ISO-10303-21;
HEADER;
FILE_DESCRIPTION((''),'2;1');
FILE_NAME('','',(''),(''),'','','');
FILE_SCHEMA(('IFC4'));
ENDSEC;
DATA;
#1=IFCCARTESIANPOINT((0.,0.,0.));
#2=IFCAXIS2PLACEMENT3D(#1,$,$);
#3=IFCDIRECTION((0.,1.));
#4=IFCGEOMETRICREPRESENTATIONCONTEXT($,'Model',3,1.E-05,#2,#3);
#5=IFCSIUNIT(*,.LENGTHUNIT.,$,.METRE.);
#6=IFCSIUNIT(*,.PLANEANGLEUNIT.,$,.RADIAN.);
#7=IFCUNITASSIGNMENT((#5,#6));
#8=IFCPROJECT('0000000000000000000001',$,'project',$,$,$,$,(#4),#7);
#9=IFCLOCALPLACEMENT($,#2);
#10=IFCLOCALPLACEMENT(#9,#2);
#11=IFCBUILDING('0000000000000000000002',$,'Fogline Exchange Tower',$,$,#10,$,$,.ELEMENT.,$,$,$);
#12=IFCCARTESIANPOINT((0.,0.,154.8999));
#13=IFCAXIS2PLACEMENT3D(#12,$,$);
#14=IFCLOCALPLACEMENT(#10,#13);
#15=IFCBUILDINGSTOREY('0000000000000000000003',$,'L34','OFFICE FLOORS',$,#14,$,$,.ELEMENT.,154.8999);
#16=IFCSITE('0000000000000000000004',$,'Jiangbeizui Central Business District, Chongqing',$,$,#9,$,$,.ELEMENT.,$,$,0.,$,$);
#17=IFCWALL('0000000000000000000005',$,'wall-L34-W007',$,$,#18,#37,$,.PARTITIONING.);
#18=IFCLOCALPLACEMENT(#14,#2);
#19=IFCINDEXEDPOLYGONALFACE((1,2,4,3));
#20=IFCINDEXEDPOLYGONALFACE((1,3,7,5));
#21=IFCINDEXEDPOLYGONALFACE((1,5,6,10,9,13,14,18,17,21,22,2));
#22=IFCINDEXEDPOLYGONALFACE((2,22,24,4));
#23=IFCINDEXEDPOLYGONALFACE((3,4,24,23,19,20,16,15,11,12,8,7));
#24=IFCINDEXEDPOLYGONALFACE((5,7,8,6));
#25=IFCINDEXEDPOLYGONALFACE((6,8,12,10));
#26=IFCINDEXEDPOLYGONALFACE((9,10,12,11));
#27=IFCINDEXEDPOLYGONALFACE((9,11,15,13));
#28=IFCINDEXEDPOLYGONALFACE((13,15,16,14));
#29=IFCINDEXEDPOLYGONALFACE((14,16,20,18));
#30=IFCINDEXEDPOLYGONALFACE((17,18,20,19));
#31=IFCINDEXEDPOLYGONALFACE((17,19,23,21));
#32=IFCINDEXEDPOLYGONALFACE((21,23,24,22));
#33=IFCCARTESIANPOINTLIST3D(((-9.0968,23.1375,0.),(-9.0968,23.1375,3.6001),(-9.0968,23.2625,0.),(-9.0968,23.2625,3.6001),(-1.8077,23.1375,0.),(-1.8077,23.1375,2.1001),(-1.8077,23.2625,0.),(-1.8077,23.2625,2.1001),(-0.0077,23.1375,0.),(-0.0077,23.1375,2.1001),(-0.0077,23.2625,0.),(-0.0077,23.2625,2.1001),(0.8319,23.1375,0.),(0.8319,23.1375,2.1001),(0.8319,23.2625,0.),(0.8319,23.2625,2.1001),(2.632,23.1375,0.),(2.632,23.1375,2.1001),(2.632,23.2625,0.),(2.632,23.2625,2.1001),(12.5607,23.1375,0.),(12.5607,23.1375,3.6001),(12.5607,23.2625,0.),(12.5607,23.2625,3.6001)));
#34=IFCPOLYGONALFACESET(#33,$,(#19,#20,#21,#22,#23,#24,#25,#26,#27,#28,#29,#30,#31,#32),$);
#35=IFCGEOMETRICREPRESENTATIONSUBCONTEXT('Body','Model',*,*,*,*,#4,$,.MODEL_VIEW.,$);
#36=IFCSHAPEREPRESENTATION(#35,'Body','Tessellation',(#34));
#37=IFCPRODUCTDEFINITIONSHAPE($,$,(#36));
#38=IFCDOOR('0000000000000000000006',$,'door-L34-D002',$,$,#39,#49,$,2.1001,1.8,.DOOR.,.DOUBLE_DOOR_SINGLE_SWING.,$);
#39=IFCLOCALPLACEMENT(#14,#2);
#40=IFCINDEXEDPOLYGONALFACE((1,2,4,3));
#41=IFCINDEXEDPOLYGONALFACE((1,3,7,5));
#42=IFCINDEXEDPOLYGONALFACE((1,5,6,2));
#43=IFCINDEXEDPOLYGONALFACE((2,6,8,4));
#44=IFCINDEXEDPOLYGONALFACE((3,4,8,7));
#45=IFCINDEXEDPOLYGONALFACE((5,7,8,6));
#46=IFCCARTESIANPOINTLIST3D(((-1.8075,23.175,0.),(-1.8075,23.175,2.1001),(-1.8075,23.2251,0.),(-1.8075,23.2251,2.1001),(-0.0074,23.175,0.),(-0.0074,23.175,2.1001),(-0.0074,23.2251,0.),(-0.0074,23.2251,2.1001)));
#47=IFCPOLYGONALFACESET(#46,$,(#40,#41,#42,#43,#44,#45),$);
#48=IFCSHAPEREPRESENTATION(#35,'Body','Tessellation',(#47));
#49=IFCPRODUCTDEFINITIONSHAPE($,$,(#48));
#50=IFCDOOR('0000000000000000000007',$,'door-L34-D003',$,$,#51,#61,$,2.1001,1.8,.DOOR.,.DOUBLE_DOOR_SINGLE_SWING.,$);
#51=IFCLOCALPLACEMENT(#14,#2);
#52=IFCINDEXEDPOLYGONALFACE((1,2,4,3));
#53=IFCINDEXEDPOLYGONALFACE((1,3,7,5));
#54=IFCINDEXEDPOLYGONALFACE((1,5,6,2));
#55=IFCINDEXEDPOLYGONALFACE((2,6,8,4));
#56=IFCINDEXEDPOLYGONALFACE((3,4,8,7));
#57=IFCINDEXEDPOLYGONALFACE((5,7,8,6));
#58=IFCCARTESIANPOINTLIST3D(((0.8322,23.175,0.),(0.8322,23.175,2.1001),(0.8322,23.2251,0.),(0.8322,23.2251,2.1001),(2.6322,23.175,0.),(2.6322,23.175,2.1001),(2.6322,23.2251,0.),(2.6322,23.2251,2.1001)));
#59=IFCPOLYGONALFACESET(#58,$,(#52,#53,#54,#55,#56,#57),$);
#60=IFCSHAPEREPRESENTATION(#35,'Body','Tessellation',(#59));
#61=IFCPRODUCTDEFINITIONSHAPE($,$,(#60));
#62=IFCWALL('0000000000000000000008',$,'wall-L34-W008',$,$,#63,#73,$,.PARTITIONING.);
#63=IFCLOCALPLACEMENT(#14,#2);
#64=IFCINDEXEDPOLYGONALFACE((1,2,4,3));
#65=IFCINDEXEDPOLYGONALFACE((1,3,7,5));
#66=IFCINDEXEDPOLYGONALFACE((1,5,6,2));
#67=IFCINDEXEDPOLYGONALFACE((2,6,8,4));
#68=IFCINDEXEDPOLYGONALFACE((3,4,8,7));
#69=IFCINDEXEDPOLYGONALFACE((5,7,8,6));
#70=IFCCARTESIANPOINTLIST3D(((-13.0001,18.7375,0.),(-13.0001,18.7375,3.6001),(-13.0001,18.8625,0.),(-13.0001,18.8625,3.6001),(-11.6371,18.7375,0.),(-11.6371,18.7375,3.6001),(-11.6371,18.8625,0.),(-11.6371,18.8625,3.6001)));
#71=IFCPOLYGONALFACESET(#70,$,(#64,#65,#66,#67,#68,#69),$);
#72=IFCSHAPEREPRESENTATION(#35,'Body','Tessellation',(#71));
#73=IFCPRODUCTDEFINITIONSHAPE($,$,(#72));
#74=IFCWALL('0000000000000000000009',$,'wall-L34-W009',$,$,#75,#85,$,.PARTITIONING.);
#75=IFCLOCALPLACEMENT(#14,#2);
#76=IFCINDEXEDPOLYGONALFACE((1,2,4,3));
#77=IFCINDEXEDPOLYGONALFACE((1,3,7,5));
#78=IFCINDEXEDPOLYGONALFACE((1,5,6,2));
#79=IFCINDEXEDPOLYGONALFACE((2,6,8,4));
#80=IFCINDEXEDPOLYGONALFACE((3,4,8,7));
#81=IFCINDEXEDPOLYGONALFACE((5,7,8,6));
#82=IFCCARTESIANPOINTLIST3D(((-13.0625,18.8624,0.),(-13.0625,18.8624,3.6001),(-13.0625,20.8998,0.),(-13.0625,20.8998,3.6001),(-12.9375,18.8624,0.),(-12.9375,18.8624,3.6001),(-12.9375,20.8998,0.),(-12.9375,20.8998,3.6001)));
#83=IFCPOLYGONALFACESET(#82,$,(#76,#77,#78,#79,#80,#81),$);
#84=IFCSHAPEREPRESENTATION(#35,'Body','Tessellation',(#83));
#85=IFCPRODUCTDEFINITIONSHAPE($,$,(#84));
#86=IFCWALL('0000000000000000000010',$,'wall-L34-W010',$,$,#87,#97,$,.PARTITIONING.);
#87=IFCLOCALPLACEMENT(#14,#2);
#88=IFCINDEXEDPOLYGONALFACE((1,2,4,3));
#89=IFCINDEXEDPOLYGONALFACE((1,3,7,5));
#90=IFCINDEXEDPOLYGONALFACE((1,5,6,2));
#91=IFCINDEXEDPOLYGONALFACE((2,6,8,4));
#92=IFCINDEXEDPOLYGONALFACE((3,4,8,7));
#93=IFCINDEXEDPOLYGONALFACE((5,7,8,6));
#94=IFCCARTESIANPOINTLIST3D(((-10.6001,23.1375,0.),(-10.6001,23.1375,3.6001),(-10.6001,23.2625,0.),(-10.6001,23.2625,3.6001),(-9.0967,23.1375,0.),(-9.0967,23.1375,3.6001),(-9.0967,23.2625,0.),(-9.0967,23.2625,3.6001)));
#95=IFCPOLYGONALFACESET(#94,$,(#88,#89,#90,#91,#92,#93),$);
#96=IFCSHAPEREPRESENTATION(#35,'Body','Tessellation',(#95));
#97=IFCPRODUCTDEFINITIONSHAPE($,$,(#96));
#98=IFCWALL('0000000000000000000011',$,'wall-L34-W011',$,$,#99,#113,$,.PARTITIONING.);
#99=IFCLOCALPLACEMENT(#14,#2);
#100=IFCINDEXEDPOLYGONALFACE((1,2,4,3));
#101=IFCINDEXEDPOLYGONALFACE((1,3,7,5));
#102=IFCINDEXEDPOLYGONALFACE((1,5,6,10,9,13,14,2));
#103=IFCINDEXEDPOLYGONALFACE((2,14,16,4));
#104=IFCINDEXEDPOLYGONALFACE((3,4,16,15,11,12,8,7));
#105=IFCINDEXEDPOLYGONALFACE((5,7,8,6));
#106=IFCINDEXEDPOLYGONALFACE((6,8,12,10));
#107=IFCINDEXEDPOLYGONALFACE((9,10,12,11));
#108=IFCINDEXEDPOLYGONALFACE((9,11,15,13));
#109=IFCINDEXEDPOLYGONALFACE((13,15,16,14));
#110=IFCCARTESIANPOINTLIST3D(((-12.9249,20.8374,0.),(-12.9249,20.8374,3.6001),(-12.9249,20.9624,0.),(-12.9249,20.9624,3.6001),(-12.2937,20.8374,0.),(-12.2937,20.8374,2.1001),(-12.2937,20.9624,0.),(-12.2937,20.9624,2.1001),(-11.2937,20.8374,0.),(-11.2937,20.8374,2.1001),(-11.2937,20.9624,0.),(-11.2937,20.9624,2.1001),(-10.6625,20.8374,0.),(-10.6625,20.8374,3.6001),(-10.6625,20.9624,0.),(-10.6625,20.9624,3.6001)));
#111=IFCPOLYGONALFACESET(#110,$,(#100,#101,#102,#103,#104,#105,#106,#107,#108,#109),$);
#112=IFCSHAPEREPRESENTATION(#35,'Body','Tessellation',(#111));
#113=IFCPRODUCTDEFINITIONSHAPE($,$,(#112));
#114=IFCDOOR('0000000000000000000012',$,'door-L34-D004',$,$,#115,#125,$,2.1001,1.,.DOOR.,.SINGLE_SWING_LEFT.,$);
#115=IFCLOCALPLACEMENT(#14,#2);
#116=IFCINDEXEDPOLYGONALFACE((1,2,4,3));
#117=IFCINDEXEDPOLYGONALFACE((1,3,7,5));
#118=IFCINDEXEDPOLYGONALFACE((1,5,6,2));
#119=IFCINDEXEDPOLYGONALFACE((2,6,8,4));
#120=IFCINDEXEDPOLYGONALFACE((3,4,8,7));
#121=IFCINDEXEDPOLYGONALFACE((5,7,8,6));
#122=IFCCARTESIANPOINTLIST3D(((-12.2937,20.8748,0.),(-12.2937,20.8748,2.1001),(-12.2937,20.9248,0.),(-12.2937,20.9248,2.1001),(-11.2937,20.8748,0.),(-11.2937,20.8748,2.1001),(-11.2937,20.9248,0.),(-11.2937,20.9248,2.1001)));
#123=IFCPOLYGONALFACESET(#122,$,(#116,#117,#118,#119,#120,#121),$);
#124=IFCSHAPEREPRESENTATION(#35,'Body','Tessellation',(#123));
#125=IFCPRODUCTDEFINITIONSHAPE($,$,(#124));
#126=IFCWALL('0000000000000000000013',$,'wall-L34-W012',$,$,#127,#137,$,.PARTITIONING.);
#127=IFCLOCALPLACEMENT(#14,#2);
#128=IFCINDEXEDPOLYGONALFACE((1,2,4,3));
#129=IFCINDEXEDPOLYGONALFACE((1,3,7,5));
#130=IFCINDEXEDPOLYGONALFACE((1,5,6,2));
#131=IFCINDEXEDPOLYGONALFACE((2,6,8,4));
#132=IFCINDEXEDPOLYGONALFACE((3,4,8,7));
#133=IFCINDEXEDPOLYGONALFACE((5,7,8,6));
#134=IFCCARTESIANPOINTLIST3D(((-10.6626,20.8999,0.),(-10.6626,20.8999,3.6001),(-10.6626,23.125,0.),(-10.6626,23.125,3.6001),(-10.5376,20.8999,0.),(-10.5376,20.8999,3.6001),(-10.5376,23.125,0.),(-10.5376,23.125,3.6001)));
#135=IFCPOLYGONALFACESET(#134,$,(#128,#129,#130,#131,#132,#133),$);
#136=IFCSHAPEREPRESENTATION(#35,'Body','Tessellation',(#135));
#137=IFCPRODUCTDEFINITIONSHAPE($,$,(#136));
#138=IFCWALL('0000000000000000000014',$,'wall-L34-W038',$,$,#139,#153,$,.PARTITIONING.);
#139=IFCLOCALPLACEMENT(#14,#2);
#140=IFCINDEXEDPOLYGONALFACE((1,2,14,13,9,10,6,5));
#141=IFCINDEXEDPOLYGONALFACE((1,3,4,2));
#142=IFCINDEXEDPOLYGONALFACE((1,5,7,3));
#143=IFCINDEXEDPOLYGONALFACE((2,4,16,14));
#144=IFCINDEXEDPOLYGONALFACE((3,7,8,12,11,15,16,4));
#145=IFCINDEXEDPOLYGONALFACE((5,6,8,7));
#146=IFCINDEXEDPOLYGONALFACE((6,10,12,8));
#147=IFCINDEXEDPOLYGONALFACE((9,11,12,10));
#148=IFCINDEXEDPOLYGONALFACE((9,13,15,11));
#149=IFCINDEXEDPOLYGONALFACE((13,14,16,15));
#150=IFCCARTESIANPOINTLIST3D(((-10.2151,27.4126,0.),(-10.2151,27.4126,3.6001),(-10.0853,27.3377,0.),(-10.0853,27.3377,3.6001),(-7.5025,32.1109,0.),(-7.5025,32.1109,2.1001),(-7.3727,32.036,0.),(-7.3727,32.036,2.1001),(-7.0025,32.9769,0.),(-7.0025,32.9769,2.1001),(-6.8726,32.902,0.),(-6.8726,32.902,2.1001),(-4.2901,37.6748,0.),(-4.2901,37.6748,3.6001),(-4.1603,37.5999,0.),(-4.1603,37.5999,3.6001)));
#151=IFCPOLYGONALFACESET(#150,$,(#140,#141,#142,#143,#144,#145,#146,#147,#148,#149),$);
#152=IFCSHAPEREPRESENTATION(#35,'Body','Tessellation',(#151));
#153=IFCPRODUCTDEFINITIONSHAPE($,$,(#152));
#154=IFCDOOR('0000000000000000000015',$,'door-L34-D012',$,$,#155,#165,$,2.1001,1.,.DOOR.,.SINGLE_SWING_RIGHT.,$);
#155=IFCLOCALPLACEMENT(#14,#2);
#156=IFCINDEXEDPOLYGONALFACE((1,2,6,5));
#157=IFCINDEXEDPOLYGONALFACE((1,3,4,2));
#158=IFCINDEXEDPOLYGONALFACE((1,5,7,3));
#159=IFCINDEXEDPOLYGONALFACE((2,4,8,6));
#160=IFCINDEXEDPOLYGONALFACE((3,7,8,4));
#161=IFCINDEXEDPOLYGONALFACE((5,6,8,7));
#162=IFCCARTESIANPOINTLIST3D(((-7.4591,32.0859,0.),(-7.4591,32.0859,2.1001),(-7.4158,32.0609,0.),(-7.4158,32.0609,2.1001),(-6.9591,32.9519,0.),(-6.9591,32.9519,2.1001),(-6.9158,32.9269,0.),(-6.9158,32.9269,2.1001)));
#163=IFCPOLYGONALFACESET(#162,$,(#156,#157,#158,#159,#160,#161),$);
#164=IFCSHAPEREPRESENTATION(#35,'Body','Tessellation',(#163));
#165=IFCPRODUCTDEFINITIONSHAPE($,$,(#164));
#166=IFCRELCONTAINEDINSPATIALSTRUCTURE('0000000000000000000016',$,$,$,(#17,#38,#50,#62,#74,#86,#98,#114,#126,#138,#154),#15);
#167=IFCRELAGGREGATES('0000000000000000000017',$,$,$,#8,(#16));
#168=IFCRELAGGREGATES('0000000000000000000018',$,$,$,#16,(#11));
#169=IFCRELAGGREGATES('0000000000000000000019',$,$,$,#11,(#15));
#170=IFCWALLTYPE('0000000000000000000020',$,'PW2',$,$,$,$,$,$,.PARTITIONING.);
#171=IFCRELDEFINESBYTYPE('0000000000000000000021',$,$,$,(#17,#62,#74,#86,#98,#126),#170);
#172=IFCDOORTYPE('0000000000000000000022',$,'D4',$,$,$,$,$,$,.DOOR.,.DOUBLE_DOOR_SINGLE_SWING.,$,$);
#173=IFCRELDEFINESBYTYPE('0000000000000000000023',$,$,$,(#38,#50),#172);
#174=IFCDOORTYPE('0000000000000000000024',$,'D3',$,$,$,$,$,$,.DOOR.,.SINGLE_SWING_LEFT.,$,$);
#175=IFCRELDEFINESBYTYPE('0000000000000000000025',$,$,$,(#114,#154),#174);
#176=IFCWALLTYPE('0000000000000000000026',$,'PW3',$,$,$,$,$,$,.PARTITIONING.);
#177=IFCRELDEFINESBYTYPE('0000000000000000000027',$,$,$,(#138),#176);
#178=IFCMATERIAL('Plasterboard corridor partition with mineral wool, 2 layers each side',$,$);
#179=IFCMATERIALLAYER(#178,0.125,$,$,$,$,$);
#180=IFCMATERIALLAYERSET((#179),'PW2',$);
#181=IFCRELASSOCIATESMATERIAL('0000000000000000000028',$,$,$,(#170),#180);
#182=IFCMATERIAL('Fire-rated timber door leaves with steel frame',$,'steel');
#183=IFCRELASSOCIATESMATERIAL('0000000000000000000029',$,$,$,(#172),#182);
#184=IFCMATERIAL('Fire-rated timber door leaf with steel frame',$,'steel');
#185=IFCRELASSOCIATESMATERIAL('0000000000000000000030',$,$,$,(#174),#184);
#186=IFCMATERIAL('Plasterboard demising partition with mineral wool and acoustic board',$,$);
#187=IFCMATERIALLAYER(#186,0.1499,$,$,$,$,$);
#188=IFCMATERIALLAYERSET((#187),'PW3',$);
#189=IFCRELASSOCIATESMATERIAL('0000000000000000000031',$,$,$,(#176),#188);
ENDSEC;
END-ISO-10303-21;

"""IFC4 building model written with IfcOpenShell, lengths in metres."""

from ifc_helpers import new_model, si_unit, direction, frame, frame_2d, origin, place, context, subcontext, project, spatial, rectangle, extrude, material, layer, layer_set, type_object, element, fill, save


model = new_model("IFC4")

# Units and contexts
model_context = context("Model", 3, precision=1e-05, world=origin(), true_north=direction((0.0, 1.0)))
body_context = subcontext(model_context, "Body", "Model", "MODEL_VIEW")
ifc_project = project(units=[si_unit("LENGTHUNIT", "METRE"), si_unit("PLANEANGLEUNIT", "RADIAN")], contexts=[model_context])

# Site, building, storey
site_placement = place(None, origin())
site = spatial("IfcSite", under=ifc_project, at=site_placement, Name="Jiangbeizui Central Business District, Chongqing", CompositionType="ELEMENT", RefElevation=0.0)
building_placement = place(site_placement, origin())
building = spatial("IfcBuilding", under=site, at=building_placement, Name="Fogline Exchange Tower", CompositionType="ELEMENT")
storey_placement = place(building_placement, frame((0.0, 0.0, 154.8999)))
storey = spatial("IfcBuildingStorey", under=building, at=storey_placement, Name="L34", Description="OFFICE FLOORS", CompositionType="ELEMENT", Elevation=154.8999)

# Wall, openings, doors
ifc_material_1 = material(Name="Plasterboard corridor partition with mineral wool, 2 layers each side")
ifc_layer_1 = layer(ifc_material_1, 0.125)
ifc_layer_set_1 = layer_set([ifc_layer_1], Name="PW2")
wall_type_1 = type_object("IfcWallType", Name="PW2", PredefinedType="PARTITIONING", material=ifc_layer_set_1)
wall_1_placement = place(storey_placement, frame((-9.0967, 23.2, 0.0), z_axis=(0.0, 0.0, 1.0), x_axis=(1.0, 0.0, 0.0)))
wall_1 = element("IfcWall", 1, at=wall_1_placement, inside=storey, type_object=wall_type_1, Name="wall-L34-W007", PredefinedType="PARTITIONING", context=body_context, shape_type="SweptSolid", body=[
    extrude(rectangle(XDim=21.6575, YDim=0.125, at=frame_2d((10.8286, 0.0))), origin(), (0.0, 0.0, 1.0), 3.6001),
])
opening_1_placement = place(wall_1_placement, frame((7.2891, 0.0, 0.0)))
opening_1 = element("IfcOpeningElement", 2, at=opening_1_placement, cuts=wall_1, PredefinedType="OPENING", context=body_context, shape_type="SweptSolid", body=[
    extrude(rectangle(XDim=1.8, YDim=2.1001, at=frame_2d((0.8999, 1.05))), frame((0.0, 0.0725, 0.0), z_axis=(0.0, -1.0, 0.0), x_axis=(1.0, 0.0, 0.0)), (0.0, 0.0, 1.0), 0.145),
])
opening_2_placement = place(wall_1_placement, frame((9.9287, 0.0, 0.0)))
opening_2 = element("IfcOpeningElement", 3, at=opening_2_placement, cuts=wall_1, PredefinedType="OPENING", context=body_context, shape_type="SweptSolid", body=[
    extrude(rectangle(XDim=1.8, YDim=2.1001, at=frame_2d((0.8999, 1.05))), frame((0.0, 0.0725, 0.0), z_axis=(0.0, -1.0, 0.0), x_axis=(1.0, 0.0, 0.0)), (0.0, 0.0, 1.0), 0.145),
])
ifc_material_2 = material(Name="Fire-rated timber door leaves with steel frame", Category="steel")
door_type_1 = type_object("IfcDoorType", Name="D4", OperationType="DOUBLE_DOOR_SINGLE_SWING", PredefinedType="DOOR", material=ifc_material_2)
door_1_placement = place(opening_1_placement, frame((1.8, 0.0, 0.0), z_axis=(0.0, 0.0, 1.0), x_axis=(-1.0, 0.0, 0.0)))
door_1 = element("IfcDoor", 4, at=door_1_placement, inside=storey, type_object=door_type_1, Name="door-L34-D002", OperationType="DOUBLE_DOOR_SINGLE_SWING", OverallHeight=2.1001, OverallWidth=1.8, PredefinedType="DOOR", context=body_context, shape_type="SweptSolid", body=[
    extrude(rectangle(XDim=1.8, YDim=2.1001, at=frame_2d((0.8999, 1.05))), frame((0.0, 0.0249, 0.0), z_axis=(0.0, -1.0, 0.0), x_axis=(1.0, 0.0, 0.0)), (0.0, 0.0, 1.0), 0.05),
])
fill(opening_1, door_1)
door_2_placement = place(opening_2_placement, frame((1.8, 0.0, 0.0), z_axis=(0.0, 0.0, 1.0), x_axis=(-1.0, 0.0, 0.0)))
door_2 = element("IfcDoor", 5, at=door_2_placement, inside=storey, type_object=door_type_1, Name="door-L34-D003", OperationType="DOUBLE_DOOR_SINGLE_SWING", OverallHeight=2.1001, OverallWidth=1.8, PredefinedType="DOOR", context=body_context, shape_type="SweptSolid", body=[
    extrude(rectangle(XDim=1.8, YDim=2.1001, at=frame_2d((0.8999, 1.05))), frame((0.0, 0.0249, 0.0), z_axis=(0.0, -1.0, 0.0), x_axis=(1.0, 0.0, 0.0)), (0.0, 0.0, 1.0), 0.05),
])
fill(opening_2, door_2)

# Walls
wall_2_placement = place(storey_placement, frame((-11.637, 18.8, 0.0), z_axis=(0.0, 0.0, 1.0), x_axis=(-1.0, 0.0, 0.0)))
element("IfcWall", 6, at=wall_2_placement, inside=storey, type_object=wall_type_1, Name="wall-L34-W008", PredefinedType="PARTITIONING", context=body_context, shape_type="SweptSolid", body=[
    extrude(rectangle(XDim=1.363, YDim=0.125, at=frame_2d((0.6816, 0.0))), origin(), (0.0, 0.0, 1.0), 3.6001),
])
wall_3_placement = place(storey_placement, frame((-13.0, 18.8625, 0.0), z_axis=(0.0, 0.0, 1.0), x_axis=(0.0, 1.0, 0.0)))
element("IfcWall", 7, at=wall_3_placement, inside=storey, type_object=wall_type_1, Name="wall-L34-W009", PredefinedType="PARTITIONING", context=body_context, shape_type="SweptSolid", body=[
    extrude(rectangle(XDim=2.0374, YDim=0.125, at=frame_2d((1.0186, 0.0))), origin(), (0.0, 0.0, 1.0), 3.6001),
])
wall_4_placement = place(storey_placement, frame((-10.6001, 23.2, 0.0), z_axis=(0.0, 0.0, 1.0), x_axis=(1.0, 0.0, 0.0)))
element("IfcWall", 8, at=wall_4_placement, inside=storey, type_object=wall_type_1, Name="wall-L34-W010", PredefinedType="PARTITIONING", context=body_context, shape_type="SweptSolid", body=[
    extrude(rectangle(XDim=1.5034, YDim=0.125, at=frame_2d((0.7517, 0.0))), origin(), (0.0, 0.0, 1.0), 3.6001),
])

# Wall, opening, door
wall_5_placement = place(storey_placement, frame((-12.925, 20.8999, 0.0), z_axis=(0.0, 0.0, 1.0), x_axis=(1.0, 0.0, 0.0)))
wall_5 = element("IfcWall", 9, at=wall_5_placement, inside=storey, type_object=wall_type_1, Name="wall-L34-W011", PredefinedType="PARTITIONING", context=body_context, shape_type="SweptSolid", body=[
    extrude(rectangle(XDim=2.2625, YDim=0.125, at=frame_2d((1.1313, 0.0))), origin(), (0.0, 0.0, 1.0), 3.6001),
])
opening_3_placement = place(wall_5_placement, frame((0.6313, 0.0, 0.0)))
opening_3 = element("IfcOpeningElement", 10, at=opening_3_placement, cuts=wall_5, PredefinedType="OPENING", context=body_context, shape_type="SweptSolid", body=[
    extrude(rectangle(XDim=1.0, YDim=2.1001, at=frame_2d((0.5, 1.05))), frame((0.0, 0.0725, 0.0), z_axis=(0.0, -1.0, 0.0), x_axis=(1.0, 0.0, 0.0)), (0.0, 0.0, 1.0), 0.145),
])
ifc_material_3 = material(Name="Fire-rated timber door leaf with steel frame", Category="steel")
door_type_2 = type_object("IfcDoorType", Name="D3", OperationType="SINGLE_SWING_LEFT", PredefinedType="DOOR", material=ifc_material_3)
door_3_placement = place(opening_3_placement, origin())
door_3 = element("IfcDoor", 11, at=door_3_placement, inside=storey, type_object=door_type_2, Name="door-L34-D004", OperationType="SINGLE_SWING_LEFT", OverallHeight=2.1001, OverallWidth=1.0, PredefinedType="DOOR", context=body_context, shape_type="SweptSolid", body=[
    extrude(rectangle(XDim=1.0, YDim=2.1001, at=frame_2d((0.5, 1.05))), frame((0.0, 0.0249, 0.0), z_axis=(0.0, -1.0, 0.0), x_axis=(1.0, 0.0, 0.0)), (0.0, 0.0, 1.0), 0.05),
])
fill(opening_3, door_3)

# Wall
wall_6_placement = place(storey_placement, frame((-10.6001, 20.8999, 0.0), z_axis=(0.0, 0.0, 1.0), x_axis=(0.0, 1.0, 0.0)))
element("IfcWall", 12, at=wall_6_placement, inside=storey, type_object=wall_type_1, Name="wall-L34-W012", PredefinedType="PARTITIONING", context=body_context, shape_type="SweptSolid", body=[
    extrude(rectangle(XDim=2.2251, YDim=0.125, at=frame_2d((1.1125, 0.0))), origin(), (0.0, 0.0, 1.0), 3.6001),
])

# Wall, opening, door
ifc_material_4 = material(Name="Plasterboard demising partition with mineral wool and acoustic board")
ifc_layer_2 = layer(ifc_material_4, 0.1499)
ifc_layer_set_2 = layer_set([ifc_layer_2], Name="PW3")
wall_type_2 = type_object("IfcWallType", Name="PW3", PredefinedType="PARTITIONING", material=ifc_layer_set_2)
wall_7_placement = place(storey_placement, frame((-10.1501, 27.3752, 0.0), z_axis=(0.0, 0.0, 1.0), x_axis=(0.50001, 0.86602, 0.0)))
wall_7 = element("IfcWall", 13, at=wall_7_placement, inside=storey, type_object=wall_type_2, Name="wall-L34-W038", PredefinedType="PARTITIONING", context=body_context, shape_type="SweptSolid", body=[
    extrude(rectangle(XDim=11.8499, YDim=0.1499, at=frame_2d((5.9248, 0.0))), origin(), (0.0, 0.0, 1.0), 3.6001),
])
opening_4_placement = place(wall_7_placement, frame((5.425, 0.0, 0.0)))
opening_4 = element("IfcOpeningElement", 14, at=opening_4_placement, cuts=wall_7, PredefinedType="OPENING", context=body_context, shape_type="SweptSolid", body=[
    extrude(rectangle(XDim=1.0, YDim=2.1001, at=frame_2d((0.5, 1.05))), frame((0.0, 0.085, 0.0), z_axis=(0.0, -1.0, 0.0), x_axis=(1.0, 0.0, 0.0)), (0.0, 0.0, 1.0), 0.1699),
])
door_4_placement = place(opening_4_placement, origin())
door_4 = element("IfcDoor", 15, at=door_4_placement, inside=storey, type_object=door_type_2, Name="door-L34-D012", OperationType="SINGLE_SWING_RIGHT", OverallHeight=2.1001, OverallWidth=1.0, PredefinedType="DOOR", context=body_context, shape_type="SweptSolid", body=[
    extrude(rectangle(XDim=1.0, YDim=2.1001, at=frame_2d((0.5, 1.05))), frame((0.0, 0.0249, 0.0), z_axis=(0.0, -1.0, 0.0), x_axis=(1.0, 0.0, 0.0)), (0.0, 0.0, 1.0), 0.05),
])
fill(opening_4, door_4)

save(model, "model.ifc")
